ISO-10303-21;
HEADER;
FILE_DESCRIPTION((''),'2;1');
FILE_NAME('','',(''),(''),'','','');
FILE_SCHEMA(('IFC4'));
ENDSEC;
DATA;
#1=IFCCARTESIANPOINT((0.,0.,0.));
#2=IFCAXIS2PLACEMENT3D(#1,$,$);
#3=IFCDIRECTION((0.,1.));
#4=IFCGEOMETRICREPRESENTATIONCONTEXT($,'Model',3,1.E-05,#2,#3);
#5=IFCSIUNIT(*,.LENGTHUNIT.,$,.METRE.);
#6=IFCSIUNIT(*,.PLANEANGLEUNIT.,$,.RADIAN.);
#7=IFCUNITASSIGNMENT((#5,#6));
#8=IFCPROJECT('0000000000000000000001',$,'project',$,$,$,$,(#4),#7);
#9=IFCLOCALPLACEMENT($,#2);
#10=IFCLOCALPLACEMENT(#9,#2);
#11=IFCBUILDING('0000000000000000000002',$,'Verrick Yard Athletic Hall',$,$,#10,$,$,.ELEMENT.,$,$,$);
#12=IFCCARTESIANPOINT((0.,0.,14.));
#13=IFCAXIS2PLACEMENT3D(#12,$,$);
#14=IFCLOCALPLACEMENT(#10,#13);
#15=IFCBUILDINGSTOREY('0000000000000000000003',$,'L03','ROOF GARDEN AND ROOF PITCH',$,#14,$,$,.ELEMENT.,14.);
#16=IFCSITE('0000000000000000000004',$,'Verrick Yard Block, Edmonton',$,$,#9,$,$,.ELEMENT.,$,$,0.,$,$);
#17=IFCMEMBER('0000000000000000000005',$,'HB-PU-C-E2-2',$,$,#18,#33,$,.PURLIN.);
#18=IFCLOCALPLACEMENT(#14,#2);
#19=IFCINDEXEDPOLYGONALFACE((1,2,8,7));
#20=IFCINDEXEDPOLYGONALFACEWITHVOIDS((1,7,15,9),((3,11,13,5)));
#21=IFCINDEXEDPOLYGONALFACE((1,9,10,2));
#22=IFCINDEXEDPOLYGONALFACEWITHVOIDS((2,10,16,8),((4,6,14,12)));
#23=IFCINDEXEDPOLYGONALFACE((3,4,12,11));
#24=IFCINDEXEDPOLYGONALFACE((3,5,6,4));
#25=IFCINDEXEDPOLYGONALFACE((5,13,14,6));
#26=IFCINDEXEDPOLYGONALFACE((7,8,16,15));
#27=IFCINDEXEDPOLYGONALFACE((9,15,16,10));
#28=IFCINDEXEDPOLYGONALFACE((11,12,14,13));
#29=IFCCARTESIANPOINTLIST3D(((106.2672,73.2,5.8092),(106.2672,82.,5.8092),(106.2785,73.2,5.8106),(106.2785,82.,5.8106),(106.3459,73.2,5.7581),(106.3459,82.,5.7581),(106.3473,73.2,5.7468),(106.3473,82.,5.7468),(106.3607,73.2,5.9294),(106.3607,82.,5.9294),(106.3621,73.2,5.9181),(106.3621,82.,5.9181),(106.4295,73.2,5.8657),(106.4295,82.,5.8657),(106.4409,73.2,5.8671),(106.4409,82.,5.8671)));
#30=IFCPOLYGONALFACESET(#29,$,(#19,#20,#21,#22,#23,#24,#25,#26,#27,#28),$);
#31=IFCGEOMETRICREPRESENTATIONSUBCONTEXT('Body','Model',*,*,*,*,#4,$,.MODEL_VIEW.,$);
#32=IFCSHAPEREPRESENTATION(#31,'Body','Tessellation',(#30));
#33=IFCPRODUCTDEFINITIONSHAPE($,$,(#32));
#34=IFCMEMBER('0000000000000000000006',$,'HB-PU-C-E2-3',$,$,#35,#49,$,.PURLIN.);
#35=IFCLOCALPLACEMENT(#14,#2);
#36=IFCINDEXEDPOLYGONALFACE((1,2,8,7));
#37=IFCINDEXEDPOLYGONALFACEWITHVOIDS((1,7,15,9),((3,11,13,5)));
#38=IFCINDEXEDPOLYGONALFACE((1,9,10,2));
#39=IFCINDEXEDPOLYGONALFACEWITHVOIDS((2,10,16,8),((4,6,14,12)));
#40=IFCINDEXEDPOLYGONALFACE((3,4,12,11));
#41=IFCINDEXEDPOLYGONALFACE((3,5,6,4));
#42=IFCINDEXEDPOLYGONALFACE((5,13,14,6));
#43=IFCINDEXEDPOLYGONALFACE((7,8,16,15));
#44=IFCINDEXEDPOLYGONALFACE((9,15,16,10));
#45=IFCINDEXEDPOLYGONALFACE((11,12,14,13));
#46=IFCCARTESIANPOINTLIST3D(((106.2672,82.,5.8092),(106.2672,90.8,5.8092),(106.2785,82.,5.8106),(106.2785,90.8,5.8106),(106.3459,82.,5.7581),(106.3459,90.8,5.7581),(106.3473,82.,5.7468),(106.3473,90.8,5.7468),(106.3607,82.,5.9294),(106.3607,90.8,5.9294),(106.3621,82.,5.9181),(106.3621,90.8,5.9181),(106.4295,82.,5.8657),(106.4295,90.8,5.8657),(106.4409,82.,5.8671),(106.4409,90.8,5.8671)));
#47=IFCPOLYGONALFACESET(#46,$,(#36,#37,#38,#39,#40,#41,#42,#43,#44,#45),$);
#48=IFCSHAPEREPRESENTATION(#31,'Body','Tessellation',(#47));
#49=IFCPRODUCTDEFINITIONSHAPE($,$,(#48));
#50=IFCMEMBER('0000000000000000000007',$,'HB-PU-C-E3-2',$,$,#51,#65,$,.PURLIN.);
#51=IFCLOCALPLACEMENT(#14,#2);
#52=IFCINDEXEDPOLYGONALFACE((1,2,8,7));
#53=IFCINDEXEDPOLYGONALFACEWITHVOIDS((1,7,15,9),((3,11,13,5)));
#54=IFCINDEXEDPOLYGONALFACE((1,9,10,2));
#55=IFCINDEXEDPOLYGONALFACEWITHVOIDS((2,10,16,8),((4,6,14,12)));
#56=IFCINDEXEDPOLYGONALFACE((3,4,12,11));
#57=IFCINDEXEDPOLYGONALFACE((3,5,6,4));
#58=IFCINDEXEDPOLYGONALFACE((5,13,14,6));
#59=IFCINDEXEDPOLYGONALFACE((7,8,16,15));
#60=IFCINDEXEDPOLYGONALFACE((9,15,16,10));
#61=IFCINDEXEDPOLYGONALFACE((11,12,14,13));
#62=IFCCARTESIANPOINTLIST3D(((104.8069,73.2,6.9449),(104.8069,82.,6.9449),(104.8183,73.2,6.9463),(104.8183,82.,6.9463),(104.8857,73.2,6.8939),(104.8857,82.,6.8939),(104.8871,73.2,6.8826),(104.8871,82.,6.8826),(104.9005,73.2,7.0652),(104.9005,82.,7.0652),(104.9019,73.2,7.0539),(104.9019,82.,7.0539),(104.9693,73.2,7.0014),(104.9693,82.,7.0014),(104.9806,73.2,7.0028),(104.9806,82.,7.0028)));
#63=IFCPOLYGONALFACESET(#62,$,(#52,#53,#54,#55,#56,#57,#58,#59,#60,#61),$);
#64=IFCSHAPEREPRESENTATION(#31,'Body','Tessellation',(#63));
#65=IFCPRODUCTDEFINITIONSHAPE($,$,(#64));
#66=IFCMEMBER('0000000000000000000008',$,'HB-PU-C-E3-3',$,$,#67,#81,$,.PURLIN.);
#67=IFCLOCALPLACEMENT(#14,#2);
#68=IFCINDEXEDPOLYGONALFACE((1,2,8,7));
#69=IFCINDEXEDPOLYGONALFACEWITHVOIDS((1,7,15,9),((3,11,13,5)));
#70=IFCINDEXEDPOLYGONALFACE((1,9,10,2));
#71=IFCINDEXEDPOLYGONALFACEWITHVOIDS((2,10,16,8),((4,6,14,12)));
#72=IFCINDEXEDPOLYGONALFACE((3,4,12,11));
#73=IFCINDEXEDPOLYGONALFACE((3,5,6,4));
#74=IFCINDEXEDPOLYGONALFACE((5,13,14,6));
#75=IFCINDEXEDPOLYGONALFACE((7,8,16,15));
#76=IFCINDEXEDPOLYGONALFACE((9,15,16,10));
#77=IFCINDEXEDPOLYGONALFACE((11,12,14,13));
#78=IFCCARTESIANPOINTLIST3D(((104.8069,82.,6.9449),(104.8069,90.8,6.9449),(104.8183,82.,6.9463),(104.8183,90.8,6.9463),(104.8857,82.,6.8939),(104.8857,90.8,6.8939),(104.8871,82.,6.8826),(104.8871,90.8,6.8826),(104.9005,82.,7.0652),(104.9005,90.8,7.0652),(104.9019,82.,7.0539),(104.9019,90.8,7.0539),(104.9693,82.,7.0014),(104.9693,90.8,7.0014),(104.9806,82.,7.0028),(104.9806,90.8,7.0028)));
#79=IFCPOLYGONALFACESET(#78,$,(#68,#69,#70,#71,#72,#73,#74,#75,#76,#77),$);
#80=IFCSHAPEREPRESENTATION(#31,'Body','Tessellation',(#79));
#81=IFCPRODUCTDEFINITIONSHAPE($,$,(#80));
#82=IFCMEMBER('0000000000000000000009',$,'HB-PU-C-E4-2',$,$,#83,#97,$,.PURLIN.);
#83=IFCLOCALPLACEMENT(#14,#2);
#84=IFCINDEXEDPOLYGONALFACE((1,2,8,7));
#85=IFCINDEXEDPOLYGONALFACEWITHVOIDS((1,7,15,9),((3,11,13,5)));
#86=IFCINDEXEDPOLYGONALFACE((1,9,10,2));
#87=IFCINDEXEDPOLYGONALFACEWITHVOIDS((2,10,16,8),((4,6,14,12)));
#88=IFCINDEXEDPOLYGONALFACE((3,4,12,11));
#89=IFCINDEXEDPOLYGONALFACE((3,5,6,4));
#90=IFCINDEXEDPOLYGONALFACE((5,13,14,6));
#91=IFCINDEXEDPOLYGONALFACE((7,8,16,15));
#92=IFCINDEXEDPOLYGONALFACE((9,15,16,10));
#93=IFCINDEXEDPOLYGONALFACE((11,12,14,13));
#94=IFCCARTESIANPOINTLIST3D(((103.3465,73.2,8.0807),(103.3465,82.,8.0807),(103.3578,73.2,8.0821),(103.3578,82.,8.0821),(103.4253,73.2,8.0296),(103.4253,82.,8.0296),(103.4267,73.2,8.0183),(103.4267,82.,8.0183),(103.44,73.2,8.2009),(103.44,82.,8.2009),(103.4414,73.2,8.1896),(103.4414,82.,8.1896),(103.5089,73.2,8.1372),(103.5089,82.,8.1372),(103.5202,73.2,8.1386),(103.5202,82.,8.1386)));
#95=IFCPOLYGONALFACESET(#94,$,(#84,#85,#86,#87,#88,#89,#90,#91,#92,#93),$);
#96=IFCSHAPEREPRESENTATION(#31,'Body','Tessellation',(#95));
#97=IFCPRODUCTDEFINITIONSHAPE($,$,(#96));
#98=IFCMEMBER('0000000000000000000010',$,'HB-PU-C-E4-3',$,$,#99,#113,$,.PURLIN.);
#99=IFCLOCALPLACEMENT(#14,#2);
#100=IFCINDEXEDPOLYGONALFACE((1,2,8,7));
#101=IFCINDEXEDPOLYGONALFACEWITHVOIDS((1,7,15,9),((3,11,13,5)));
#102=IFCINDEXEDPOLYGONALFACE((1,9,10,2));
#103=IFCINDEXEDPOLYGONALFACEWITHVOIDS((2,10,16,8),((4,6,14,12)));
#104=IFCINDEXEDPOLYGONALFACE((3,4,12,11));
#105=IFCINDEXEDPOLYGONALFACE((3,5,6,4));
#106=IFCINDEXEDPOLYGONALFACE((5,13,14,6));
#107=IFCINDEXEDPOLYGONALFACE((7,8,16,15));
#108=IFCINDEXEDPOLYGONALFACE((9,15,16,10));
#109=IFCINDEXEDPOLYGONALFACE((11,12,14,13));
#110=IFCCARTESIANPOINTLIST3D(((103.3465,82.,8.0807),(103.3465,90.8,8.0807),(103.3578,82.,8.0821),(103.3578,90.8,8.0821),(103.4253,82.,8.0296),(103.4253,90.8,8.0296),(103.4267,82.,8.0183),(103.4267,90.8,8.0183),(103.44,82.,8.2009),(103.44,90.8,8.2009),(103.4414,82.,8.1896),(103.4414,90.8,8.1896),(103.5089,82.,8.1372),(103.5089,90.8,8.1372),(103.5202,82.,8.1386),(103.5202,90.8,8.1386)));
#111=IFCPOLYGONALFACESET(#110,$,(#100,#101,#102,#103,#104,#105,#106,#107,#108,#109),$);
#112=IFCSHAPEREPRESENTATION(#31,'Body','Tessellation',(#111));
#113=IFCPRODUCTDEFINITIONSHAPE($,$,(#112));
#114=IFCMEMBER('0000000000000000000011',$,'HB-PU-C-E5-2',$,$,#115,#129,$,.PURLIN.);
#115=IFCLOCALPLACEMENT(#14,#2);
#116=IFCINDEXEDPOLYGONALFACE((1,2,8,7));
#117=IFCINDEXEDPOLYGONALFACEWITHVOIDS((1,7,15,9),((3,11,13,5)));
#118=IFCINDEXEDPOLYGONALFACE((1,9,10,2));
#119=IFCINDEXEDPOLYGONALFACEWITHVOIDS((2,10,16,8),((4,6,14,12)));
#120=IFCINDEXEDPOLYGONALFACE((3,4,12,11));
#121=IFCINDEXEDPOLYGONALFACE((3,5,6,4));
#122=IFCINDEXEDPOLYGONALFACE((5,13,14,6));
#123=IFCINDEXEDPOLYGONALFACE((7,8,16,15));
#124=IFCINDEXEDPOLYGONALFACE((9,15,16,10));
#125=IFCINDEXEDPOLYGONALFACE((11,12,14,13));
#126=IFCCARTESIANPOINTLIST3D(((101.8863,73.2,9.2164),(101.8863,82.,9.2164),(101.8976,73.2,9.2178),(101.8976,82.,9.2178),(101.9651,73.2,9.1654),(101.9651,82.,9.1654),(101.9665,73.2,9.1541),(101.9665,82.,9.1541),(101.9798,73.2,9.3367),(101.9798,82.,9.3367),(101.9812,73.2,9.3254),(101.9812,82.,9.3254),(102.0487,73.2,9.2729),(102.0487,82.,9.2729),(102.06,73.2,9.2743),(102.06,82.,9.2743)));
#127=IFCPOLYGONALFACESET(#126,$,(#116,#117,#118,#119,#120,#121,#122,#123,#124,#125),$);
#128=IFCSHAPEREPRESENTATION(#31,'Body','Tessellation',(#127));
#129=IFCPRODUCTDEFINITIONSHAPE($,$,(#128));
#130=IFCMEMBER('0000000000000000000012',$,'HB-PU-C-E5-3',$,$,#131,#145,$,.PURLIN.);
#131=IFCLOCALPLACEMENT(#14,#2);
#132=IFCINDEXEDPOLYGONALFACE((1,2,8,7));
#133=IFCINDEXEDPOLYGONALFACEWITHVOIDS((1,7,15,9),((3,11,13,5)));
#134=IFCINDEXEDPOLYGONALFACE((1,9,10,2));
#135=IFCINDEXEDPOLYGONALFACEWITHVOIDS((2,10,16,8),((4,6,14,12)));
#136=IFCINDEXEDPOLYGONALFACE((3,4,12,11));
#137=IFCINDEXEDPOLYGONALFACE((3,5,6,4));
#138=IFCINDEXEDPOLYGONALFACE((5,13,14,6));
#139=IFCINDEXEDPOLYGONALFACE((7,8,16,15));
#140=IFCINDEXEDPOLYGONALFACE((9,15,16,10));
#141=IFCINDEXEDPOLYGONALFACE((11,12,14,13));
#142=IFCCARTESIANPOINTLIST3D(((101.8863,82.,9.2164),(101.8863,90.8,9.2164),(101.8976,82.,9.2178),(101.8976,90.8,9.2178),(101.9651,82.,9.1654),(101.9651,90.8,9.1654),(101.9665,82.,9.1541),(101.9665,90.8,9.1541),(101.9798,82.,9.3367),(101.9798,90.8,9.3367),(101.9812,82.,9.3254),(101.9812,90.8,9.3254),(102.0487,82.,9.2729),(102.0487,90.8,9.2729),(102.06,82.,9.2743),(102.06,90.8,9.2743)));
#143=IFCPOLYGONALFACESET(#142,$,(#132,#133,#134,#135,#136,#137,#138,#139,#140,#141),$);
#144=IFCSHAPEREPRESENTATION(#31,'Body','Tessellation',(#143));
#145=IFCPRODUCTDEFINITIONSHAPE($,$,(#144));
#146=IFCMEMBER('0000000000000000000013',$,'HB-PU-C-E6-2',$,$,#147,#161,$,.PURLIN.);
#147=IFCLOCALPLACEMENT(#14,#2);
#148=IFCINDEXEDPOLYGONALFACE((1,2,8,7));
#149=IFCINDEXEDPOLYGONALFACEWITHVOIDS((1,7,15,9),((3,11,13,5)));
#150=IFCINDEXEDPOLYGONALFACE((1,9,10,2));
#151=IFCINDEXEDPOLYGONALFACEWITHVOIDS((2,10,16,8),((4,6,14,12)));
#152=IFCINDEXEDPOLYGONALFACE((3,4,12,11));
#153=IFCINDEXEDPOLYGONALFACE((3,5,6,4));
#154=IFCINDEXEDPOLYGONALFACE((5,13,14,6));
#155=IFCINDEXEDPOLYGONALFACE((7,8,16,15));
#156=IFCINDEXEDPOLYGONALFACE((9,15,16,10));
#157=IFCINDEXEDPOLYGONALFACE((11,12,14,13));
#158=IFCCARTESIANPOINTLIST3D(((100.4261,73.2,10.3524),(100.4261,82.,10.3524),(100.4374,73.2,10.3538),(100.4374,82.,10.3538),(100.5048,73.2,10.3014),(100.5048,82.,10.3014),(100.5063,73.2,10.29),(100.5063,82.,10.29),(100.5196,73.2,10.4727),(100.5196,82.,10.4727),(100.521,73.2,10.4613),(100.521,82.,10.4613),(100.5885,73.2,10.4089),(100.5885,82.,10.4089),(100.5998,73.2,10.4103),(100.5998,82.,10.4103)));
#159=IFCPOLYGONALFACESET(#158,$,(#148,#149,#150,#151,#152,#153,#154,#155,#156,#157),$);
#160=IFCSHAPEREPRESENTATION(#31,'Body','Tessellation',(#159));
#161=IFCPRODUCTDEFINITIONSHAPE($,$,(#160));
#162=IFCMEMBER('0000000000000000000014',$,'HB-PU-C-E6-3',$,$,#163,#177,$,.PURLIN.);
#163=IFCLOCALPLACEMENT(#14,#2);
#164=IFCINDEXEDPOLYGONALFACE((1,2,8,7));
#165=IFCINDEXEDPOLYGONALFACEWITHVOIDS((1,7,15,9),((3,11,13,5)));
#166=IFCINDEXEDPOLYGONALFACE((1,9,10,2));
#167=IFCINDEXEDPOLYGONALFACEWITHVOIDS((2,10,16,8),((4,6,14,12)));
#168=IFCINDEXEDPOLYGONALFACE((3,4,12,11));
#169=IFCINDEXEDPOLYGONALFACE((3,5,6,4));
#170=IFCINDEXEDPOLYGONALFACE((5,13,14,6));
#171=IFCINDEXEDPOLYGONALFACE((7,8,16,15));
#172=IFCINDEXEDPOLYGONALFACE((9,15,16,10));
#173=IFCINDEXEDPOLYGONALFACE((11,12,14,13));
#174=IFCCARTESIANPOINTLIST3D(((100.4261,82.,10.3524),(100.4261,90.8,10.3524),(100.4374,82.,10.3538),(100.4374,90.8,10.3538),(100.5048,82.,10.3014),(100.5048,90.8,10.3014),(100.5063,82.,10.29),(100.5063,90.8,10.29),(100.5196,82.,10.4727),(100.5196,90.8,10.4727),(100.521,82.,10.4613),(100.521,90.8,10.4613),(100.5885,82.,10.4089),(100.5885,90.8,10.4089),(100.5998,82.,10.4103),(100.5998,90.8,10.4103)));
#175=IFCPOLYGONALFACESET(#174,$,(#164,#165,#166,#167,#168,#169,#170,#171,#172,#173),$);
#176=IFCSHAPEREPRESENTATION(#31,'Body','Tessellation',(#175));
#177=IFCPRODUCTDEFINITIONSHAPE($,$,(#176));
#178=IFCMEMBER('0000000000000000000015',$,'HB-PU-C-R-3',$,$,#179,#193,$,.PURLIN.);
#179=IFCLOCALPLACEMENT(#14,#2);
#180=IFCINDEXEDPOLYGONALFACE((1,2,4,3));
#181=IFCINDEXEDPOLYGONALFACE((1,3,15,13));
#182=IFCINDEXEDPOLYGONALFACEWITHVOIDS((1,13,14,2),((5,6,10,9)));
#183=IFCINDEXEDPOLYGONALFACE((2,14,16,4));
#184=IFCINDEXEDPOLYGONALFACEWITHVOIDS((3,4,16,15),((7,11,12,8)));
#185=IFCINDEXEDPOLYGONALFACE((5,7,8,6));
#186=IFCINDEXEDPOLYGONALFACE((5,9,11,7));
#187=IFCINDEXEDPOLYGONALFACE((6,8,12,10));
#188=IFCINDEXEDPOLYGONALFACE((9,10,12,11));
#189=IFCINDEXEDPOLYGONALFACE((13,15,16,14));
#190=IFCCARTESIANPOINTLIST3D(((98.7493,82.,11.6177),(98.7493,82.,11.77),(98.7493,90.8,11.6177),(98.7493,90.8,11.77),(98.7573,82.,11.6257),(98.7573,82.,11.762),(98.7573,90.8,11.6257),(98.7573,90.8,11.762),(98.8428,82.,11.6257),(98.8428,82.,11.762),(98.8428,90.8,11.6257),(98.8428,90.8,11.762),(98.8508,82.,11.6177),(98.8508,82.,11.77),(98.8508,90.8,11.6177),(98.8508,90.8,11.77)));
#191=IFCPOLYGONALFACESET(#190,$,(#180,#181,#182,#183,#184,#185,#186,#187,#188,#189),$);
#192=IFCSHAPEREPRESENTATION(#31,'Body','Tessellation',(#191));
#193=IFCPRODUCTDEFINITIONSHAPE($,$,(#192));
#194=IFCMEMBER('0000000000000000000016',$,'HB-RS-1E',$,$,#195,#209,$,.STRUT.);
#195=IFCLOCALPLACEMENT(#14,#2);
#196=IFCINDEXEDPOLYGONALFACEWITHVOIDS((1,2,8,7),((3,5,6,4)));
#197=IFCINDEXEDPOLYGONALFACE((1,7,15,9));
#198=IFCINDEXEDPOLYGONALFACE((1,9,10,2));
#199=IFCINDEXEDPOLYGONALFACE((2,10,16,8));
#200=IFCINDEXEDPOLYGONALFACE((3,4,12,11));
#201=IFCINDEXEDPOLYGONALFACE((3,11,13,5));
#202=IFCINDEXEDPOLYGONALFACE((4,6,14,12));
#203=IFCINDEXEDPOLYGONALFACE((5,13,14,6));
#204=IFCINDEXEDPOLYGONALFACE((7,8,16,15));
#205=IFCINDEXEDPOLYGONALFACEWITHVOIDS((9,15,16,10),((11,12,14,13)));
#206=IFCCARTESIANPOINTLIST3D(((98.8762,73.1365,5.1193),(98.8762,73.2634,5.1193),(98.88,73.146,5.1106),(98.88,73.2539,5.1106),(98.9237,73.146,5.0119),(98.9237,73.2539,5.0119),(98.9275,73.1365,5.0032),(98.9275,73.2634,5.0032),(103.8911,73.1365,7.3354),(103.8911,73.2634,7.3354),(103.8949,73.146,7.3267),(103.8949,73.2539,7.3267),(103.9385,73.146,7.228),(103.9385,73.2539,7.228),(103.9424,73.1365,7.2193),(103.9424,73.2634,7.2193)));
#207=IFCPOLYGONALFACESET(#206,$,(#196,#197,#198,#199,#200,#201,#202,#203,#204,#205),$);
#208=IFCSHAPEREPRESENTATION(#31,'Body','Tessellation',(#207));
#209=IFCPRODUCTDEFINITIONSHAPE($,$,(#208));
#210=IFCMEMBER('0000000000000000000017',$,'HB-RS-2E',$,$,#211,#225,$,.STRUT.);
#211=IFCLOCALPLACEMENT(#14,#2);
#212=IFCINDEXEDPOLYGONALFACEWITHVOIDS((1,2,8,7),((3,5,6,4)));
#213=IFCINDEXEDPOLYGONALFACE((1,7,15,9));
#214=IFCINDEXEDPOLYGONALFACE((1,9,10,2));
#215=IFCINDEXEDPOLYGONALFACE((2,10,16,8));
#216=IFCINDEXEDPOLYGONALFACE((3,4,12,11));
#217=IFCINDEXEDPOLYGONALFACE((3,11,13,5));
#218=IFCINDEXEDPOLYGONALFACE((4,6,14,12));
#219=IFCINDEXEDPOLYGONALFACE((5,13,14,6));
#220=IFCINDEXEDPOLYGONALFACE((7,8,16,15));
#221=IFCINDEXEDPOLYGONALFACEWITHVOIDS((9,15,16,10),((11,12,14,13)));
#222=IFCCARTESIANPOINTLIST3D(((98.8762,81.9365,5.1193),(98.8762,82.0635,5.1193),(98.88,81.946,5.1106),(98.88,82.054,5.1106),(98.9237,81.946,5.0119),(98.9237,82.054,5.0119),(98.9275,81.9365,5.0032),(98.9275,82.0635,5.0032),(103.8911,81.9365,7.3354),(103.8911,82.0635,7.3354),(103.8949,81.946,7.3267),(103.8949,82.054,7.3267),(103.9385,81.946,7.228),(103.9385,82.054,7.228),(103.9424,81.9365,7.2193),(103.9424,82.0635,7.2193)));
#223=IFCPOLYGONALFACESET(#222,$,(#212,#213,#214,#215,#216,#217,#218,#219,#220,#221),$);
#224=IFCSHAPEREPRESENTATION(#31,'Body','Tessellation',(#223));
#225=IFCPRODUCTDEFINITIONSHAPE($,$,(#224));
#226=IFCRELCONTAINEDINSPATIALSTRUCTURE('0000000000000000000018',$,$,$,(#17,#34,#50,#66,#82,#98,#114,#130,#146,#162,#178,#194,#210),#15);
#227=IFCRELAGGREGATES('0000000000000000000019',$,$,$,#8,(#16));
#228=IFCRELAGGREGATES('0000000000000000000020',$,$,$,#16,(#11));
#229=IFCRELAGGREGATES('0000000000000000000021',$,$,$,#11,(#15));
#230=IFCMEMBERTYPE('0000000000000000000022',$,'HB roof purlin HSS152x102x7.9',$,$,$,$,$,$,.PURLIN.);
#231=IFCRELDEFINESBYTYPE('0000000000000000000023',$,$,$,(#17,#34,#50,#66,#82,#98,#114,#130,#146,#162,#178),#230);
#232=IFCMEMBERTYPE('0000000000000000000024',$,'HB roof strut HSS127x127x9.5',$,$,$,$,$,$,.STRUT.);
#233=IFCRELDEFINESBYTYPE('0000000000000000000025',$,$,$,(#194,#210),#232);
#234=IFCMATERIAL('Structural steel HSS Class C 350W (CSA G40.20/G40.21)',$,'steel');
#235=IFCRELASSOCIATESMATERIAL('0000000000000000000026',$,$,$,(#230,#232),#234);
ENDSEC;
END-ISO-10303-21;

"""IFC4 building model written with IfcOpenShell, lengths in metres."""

from ifc_helpers import new_model, si_unit, direction, frame, origin, origin_2d, place, context, subcontext, project, spatial, hollow_rectangle, extrude, material, material_profile, profile_set, type_object, element, save


model = new_model("IFC4")

# Units and contexts
model_context = context("Model", 3, precision=1e-05, world=origin(), true_north=direction((0.0, 1.0)))
body_context = subcontext(model_context, "Body", "Model", "MODEL_VIEW")
ifc_project = project(units=[si_unit("LENGTHUNIT", "METRE"), si_unit("PLANEANGLEUNIT", "RADIAN")], contexts=[model_context])

# Site, building, storey
site_placement = place(None, origin())
site = spatial("IfcSite", under=ifc_project, at=site_placement, Name="Verrick Yard Block, Edmonton", CompositionType="ELEMENT", RefElevation=0.0)
building_placement = place(site_placement, origin())
building = spatial("IfcBuilding", under=site, at=building_placement, Name="Verrick Yard Athletic Hall", CompositionType="ELEMENT")
storey_placement = place(building_placement, frame((0.0, 0.0, 14.0)))
storey = spatial("IfcBuildingStorey", under=building, at=storey_placement, Name="L03", Description="ROOF GARDEN AND ROOF PITCH", CompositionType="ELEMENT", Elevation=14.0)

# Shared definitions
ifc_material_1 = material(Name="Structural steel HSS Class C 350W (CSA G40.20/G40.21)", Category="steel")

# Members
ifc_material_profile_1 = material_profile(ifc_material_1, hollow_rectangle(XDim=0.1016, YDim=0.1523, WallThickness=0.0081, at=origin_2d()), Name="HSS152x102x7.9")
ifc_profile_set_1 = profile_set([ifc_material_profile_1], Name="Structural steel HSS Class C 350W (CSA G40.20/G40.21)")
member_type_1 = type_object("IfcMemberType", Name="HB roof purlin HSS152x102x7.9", PredefinedType="PURLIN", material=ifc_profile_set_1)
for number, where, z_axis, x_axis, name in (
    (1, (106.354, 73.2, 5.8381), (0.0, 1.0, 0.0), (-0.789352, 0.0, 0.613941), "HB-PU-C-E2-2"),
    (2, (106.354, 82.0, 5.8381), (0.0, 1.0, 0.0), (-0.789352, 0.0, 0.613941), "HB-PU-C-E2-3"),
    (3, (104.8938, 73.2, 6.9739), (0.0, 1.0, 0.0), (-0.789352, 0.0, 0.613941), "HB-PU-C-E3-2"),
    (4, (104.8938, 82.0, 6.9739), (0.0, 1.0, 0.0), (-0.789352, 0.0, 0.613941), "HB-PU-C-E3-3"),
    (5, (103.4333, 73.2, 8.1096), (0.0, 1.0, 0.0), (-0.789352, 0.0, 0.613941), "HB-PU-C-E4-2"),
    (6, (103.4333, 82.0, 8.1096), (0.0, 1.0, 0.0), (-0.789352, 0.0, 0.613941), "HB-PU-C-E4-3"),
    (7, (101.9731, 73.2, 9.2454), (0.0, 1.0, 0.0), (-0.789352, 0.0, 0.613941), "HB-PU-C-E5-2"),
    (8, (101.9731, 82.0, 9.2454), (0.0, 1.0, 0.0), (-0.789352, 0.0, 0.613941), "HB-PU-C-E5-3"),
    (9, (100.5129, 73.2, 10.3813), (0.0, 1.0, 0.0), (-0.789352, 0.0, 0.613941), "HB-PU-C-E6-2"),
    (10, (100.5129, 82.0, 10.3813), (0.0, 1.0, 0.0), (-0.789352, 0.0, 0.613941), "HB-PU-C-E6-3"),
    (11, (98.8, 82.0, 11.6938), (0.0, 1.0, 0.0), (-1.0, 0.0, 0.0), "HB-PU-C-R-3"),
):
    element("IfcMember", number, at=place(storey_placement, frame(where, z_axis=z_axis, x_axis=x_axis)), inside=storey, type_object=member_type_1, Name=name, PredefinedType="PURLIN", context=body_context, shape_type="SweptSolid", body=[
        extrude(hollow_rectangle(XDim=0.1016, YDim=0.1523, WallThickness=0.0081, at=origin_2d()), origin(), (0.0, 0.0, 1.0), 8.8),
    ])
ifc_material_profile_2 = material_profile(ifc_material_1, hollow_rectangle(XDim=0.127, YDim=0.127, WallThickness=0.0095, at=origin_2d()), Name="HSS127x127x9.5")
ifc_profile_set_2 = profile_set([ifc_material_profile_2], Name="Structural steel HSS Class C 350W (CSA G40.20/G40.21)")
member_type_2 = type_object("IfcMemberType", Name="HB roof strut HSS127x127x9.5", PredefinedType="STRUT", material=ifc_profile_set_2)
for number, where, z_axis, x_axis, name in (
    (12, (98.9019, 73.2, 5.0613), (0.914674, 0.0, 0.404192), (0.0, 1.0, 0.0), "HB-RS-1E"),
    (13, (98.9019, 82.0, 5.0613), (0.914674, 0.0, 0.404192), (0.0, 1.0, 0.0), "HB-RS-2E"),
):
    element("IfcMember", number, at=place(storey_placement, frame(where, z_axis=z_axis, x_axis=x_axis)), inside=storey, type_object=member_type_2, Name=name, PredefinedType="STRUT", context=body_context, shape_type="SweptSolid", body=[
        extrude(hollow_rectangle(XDim=0.127, YDim=0.127, WallThickness=0.0095, at=origin_2d()), origin(), (0.0, 0.0, 1.0), 5.4827),
    ])

save(model, "model.ifc")
